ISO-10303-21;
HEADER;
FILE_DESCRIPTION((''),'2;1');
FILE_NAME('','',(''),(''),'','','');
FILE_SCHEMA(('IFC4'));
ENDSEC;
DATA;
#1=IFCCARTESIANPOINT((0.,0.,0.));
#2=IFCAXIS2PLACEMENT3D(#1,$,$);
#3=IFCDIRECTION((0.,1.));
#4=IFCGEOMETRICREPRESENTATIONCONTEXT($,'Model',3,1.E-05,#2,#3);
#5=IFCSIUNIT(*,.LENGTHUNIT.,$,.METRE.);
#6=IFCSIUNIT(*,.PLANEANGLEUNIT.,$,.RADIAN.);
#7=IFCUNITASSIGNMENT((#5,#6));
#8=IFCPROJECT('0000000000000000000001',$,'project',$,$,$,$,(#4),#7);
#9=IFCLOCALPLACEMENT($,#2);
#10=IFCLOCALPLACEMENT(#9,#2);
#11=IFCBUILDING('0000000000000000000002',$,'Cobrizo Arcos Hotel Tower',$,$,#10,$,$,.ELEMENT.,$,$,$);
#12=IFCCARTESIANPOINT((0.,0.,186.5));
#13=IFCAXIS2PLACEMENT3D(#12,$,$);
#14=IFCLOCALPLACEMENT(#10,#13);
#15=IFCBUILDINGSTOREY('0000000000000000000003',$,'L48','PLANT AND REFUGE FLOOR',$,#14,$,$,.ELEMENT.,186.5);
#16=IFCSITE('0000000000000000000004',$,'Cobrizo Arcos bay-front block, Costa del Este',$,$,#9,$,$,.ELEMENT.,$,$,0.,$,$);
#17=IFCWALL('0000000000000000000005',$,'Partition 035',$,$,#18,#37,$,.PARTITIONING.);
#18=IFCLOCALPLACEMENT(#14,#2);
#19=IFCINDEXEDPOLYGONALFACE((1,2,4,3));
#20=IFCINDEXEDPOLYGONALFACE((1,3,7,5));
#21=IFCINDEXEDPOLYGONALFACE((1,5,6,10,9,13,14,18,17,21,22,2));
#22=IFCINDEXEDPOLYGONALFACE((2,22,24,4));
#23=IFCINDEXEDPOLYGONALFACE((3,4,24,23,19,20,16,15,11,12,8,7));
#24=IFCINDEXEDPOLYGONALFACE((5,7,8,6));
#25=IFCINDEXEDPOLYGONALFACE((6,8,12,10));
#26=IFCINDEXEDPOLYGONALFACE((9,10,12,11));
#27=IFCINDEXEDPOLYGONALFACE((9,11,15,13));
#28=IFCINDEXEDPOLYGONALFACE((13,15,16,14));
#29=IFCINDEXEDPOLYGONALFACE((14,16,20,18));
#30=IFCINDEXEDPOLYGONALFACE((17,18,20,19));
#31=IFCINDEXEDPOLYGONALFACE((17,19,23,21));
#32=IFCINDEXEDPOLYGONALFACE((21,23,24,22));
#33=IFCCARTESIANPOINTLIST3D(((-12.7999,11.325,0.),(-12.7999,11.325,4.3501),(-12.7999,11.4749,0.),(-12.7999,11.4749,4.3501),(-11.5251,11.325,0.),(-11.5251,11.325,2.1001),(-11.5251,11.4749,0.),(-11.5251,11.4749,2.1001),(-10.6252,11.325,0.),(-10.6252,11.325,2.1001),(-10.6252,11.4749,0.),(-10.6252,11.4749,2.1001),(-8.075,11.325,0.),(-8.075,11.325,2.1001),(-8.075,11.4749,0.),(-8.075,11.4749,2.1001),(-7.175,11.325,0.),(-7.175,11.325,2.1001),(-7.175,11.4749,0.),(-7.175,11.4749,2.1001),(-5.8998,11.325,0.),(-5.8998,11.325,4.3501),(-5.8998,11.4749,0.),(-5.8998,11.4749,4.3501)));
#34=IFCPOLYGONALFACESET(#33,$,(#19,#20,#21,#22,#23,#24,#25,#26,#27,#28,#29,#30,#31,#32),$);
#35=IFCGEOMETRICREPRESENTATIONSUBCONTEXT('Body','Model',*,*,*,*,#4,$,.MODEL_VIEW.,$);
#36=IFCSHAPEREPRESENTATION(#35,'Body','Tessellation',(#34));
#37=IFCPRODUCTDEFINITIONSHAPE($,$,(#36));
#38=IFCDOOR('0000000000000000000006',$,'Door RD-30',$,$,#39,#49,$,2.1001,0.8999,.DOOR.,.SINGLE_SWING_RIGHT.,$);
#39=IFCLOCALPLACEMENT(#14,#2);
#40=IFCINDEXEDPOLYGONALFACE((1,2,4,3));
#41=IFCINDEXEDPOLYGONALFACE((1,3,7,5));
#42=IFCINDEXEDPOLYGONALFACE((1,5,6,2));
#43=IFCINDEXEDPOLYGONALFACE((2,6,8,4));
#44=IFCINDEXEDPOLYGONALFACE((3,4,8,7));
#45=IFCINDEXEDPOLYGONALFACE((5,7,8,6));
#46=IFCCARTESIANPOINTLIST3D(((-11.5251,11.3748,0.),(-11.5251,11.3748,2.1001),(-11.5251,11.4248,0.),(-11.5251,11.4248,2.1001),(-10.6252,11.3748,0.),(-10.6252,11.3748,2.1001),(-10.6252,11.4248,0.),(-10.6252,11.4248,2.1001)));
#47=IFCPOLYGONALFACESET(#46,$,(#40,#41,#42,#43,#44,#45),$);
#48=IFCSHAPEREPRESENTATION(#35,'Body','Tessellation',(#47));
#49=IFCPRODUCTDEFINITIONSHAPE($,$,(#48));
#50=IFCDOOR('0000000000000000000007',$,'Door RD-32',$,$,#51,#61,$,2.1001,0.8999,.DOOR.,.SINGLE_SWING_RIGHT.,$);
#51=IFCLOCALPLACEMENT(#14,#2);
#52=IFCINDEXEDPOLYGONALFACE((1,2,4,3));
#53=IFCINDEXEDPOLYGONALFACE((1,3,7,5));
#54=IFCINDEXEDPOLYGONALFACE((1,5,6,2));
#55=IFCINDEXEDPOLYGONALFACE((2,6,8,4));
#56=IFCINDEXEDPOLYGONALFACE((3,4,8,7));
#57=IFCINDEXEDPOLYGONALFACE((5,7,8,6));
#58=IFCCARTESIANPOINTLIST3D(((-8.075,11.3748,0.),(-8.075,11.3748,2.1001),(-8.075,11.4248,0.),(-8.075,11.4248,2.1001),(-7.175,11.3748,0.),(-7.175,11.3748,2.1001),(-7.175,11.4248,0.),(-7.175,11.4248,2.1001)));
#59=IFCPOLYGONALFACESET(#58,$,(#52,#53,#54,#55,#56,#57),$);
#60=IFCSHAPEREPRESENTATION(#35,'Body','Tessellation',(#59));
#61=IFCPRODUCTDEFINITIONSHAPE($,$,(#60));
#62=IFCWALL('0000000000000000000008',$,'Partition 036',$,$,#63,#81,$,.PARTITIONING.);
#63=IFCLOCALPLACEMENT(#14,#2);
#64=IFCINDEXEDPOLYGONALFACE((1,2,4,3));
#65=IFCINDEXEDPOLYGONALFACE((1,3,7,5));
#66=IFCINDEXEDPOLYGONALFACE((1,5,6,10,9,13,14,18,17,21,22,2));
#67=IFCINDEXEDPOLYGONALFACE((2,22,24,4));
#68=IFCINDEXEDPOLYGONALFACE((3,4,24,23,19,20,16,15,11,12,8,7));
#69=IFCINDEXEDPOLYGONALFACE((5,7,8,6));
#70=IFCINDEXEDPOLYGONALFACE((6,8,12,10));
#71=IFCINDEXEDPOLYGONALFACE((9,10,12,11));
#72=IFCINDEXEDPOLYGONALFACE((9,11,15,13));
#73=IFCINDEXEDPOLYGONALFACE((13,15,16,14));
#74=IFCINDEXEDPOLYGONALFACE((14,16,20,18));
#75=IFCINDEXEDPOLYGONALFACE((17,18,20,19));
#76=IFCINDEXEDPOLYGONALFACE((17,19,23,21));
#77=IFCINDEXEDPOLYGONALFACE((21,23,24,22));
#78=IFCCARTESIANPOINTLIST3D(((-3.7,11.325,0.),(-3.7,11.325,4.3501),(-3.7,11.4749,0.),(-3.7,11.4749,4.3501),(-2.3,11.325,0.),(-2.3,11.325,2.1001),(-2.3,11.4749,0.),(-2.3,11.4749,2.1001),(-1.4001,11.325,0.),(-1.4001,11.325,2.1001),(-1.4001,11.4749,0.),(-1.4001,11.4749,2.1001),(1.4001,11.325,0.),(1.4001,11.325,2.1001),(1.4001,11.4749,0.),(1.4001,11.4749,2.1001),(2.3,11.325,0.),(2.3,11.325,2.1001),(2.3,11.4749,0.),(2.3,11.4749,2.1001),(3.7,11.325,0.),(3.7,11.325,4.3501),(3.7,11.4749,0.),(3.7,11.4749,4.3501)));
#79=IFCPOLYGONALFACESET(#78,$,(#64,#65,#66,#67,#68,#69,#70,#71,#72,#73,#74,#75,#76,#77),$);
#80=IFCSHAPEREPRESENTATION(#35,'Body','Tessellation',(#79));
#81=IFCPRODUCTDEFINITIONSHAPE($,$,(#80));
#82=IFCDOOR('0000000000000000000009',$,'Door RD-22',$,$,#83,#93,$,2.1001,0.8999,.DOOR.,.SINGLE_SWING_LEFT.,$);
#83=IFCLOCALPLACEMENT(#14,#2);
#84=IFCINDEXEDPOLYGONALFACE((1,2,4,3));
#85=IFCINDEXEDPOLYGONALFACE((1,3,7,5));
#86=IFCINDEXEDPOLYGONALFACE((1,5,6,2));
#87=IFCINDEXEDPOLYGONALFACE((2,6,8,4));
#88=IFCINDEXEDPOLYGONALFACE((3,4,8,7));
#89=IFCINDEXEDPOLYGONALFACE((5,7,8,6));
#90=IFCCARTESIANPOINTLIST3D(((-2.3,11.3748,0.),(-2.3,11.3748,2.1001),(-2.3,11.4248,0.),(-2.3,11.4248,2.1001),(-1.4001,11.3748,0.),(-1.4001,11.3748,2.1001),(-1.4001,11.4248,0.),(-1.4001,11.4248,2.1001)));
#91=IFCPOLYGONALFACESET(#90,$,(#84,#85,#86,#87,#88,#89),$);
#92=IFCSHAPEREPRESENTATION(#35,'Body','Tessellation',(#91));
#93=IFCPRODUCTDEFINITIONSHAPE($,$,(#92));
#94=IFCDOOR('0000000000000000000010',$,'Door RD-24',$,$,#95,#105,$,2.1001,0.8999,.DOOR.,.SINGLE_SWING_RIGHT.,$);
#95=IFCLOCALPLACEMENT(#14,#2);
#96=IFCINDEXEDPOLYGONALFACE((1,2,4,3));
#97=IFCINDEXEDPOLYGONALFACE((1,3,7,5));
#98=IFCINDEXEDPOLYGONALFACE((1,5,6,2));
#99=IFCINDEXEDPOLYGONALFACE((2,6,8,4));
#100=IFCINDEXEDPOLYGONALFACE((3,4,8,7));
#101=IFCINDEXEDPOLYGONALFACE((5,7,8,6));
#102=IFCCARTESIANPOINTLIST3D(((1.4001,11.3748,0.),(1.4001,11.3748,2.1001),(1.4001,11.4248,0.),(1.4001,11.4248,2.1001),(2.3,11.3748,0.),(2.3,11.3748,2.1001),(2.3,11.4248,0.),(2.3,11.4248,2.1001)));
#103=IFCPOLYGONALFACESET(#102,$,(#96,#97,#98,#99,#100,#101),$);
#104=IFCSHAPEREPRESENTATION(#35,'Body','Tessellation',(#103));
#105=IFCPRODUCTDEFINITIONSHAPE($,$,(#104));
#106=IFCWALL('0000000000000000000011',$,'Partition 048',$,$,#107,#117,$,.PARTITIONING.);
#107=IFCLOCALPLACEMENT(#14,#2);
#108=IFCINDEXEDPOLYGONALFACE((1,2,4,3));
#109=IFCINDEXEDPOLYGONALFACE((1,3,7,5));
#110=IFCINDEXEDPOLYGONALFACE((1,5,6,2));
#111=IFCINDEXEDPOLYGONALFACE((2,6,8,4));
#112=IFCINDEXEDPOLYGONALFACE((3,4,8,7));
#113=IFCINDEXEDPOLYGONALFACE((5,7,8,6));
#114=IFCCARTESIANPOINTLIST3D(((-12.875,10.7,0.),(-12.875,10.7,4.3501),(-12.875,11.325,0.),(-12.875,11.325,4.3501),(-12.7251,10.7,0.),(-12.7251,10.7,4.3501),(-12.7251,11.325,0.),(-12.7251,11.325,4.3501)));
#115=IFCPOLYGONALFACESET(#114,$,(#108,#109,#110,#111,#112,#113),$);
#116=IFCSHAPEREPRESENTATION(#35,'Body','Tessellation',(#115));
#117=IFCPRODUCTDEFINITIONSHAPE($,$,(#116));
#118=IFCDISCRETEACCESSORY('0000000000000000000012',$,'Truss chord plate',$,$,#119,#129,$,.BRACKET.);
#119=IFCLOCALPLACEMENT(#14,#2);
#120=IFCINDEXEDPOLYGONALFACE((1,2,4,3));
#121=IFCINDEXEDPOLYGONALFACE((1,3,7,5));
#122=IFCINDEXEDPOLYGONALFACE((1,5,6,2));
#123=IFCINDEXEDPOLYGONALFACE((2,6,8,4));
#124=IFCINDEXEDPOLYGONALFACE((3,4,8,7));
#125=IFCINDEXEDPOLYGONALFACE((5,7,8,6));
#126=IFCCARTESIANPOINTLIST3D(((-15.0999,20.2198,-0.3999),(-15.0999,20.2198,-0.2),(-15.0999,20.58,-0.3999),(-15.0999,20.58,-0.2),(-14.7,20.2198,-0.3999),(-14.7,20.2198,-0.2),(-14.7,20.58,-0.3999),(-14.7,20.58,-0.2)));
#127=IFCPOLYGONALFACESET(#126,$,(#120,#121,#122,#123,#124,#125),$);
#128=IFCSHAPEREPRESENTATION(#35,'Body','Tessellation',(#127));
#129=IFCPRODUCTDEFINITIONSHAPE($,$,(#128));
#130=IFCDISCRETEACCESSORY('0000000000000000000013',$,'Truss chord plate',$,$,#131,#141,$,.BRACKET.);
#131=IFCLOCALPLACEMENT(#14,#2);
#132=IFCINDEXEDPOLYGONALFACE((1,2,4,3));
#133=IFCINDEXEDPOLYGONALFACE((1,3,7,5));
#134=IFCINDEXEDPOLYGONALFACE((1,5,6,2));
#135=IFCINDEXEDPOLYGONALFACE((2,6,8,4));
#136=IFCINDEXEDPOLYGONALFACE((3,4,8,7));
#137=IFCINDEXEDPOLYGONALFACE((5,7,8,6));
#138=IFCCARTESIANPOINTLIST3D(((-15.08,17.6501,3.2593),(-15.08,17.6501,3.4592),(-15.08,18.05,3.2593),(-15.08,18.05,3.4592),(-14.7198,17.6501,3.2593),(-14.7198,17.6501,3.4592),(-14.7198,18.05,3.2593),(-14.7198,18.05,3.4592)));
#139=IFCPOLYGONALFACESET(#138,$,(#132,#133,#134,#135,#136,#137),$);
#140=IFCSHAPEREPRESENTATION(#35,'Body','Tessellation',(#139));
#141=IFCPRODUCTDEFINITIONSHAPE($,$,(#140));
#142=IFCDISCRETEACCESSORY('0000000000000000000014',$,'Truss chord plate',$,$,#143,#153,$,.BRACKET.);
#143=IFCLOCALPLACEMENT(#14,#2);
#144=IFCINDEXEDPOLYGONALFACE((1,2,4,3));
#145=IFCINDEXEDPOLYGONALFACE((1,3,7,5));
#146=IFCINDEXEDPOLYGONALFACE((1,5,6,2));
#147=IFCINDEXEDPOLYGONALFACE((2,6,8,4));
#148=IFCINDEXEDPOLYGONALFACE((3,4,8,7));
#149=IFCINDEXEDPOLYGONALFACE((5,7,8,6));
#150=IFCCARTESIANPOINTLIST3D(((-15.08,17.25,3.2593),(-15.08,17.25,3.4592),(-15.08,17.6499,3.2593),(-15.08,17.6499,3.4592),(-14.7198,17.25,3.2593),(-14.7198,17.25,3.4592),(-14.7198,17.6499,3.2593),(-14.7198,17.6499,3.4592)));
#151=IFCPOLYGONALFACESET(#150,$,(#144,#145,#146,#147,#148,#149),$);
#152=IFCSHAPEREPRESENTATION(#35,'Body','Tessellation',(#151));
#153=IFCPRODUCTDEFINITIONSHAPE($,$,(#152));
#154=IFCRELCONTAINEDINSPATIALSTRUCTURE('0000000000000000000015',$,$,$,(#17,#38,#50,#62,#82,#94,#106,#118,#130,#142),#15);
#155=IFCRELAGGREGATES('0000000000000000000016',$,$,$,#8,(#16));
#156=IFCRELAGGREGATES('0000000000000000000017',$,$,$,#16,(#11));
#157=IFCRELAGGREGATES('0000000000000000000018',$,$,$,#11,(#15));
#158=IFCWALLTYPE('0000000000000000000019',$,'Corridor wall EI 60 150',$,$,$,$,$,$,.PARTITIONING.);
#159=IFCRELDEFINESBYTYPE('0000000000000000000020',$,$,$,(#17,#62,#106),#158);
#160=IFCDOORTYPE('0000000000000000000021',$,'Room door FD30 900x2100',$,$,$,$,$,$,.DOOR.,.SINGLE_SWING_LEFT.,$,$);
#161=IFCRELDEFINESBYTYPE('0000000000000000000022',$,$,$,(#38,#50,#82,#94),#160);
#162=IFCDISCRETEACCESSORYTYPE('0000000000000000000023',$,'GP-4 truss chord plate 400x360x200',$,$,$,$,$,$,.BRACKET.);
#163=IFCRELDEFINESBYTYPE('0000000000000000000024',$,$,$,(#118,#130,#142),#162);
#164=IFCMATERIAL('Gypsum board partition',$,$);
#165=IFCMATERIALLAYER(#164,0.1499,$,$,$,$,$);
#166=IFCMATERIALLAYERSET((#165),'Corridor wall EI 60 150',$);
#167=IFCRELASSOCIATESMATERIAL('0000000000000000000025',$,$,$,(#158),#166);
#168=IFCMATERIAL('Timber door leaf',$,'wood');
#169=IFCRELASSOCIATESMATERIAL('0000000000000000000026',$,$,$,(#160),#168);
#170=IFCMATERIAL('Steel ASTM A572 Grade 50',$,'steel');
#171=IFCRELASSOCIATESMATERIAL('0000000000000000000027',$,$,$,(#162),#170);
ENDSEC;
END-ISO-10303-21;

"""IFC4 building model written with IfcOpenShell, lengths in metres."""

from ifc_helpers import new_model, si_unit, direction, frame, frame_2d, origin, origin_2d, place, context, subcontext, project, spatial, rectangle, extrude, material, layer, layer_set, type_object, element, fill, save


model = new_model("IFC4")

# Units and contexts
model_context = context("Model", 3, precision=1e-05, world=origin(), true_north=direction((0.0, 1.0)))
body_context = subcontext(model_context, "Body", "Model", "MODEL_VIEW")
ifc_project = project(units=[si_unit("LENGTHUNIT", "METRE"), si_unit("PLANEANGLEUNIT", "RADIAN")], contexts=[model_context])

# Site, building, storey
site_placement = place(None, origin())
site = spatial("IfcSite", under=ifc_project, at=site_placement, Name="Cobrizo Arcos bay-front block, Costa del Este", CompositionType="ELEMENT", RefElevation=0.0)
building_placement = place(site_placement, origin())
building = spatial("IfcBuilding", under=site, at=building_placement, Name="Cobrizo Arcos Hotel Tower", CompositionType="ELEMENT")
storey_placement = place(building_placement, frame((0.0, 0.0, 186.5)))
storey = spatial("IfcBuildingStorey", under=building, at=storey_placement, Name="L48", Description="PLANT AND REFUGE FLOOR", CompositionType="ELEMENT", Elevation=186.5)

# Walls, openings, doors
ifc_material_1 = material(Name="Gypsum board partition")
ifc_layer = layer(ifc_material_1, 0.1499)
ifc_layer_set = layer_set([ifc_layer], Name="Corridor wall EI 60 150")
wall_type = type_object("IfcWallType", Name="Corridor wall EI 60 150", PredefinedType="PARTITIONING", material=ifc_layer_set)
wall_1_placement = place(storey_placement, frame((-12.8, 11.3999, 0.0), z_axis=(0.0, 0.0, 1.0), x_axis=(1.0, 0.0, 0.0)))
wall_1 = element("IfcWall", 1, at=wall_1_placement, inside=storey, type_object=wall_type, Name="Partition 035", PredefinedType="PARTITIONING", context=body_context, shape_type="SweptSolid", body=[
    extrude(rectangle(XDim=6.9001, YDim=0.1499, at=frame_2d((3.4502, 0.0))), origin(), (0.0, 0.0, 1.0), 4.3501),
])
opening_1_placement = place(wall_1_placement, frame((1.2749, 0.0, 0.0)))
opening_1 = element("IfcOpeningElement", 2, at=opening_1_placement, cuts=wall_1, PredefinedType="OPENING", context=body_context, shape_type="SweptSolid", body=[
    extrude(rectangle(XDim=0.8999, YDim=2.1001, at=frame_2d((0.45, 1.05))), frame((0.0, 0.0869, 0.0), z_axis=(0.0, -1.0, 0.0), x_axis=(1.0, 0.0, 0.0)), (0.0, 0.0, 1.0), 0.1738),
])
opening_2_placement = place(wall_1_placement, frame((4.7251, 0.0, 0.0)))
opening_2 = element("IfcOpeningElement", 3, at=opening_2_placement, cuts=wall_1, PredefinedType="OPENING", context=body_context, shape_type="SweptSolid", body=[
    extrude(rectangle(XDim=0.8999, YDim=2.1001, at=frame_2d((0.45, 1.05))), frame((0.0, 0.0869, 0.0), z_axis=(0.0, -1.0, 0.0), x_axis=(1.0, 0.0, 0.0)), (0.0, 0.0, 1.0), 0.1738),
])
ifc_material_2 = material(Name="Timber door leaf", Category="wood")
door_type = type_object("IfcDoorType", Name="Room door FD30 900x2100", OperationType="SINGLE_SWING_LEFT", PredefinedType="DOOR", material=ifc_material_2)
door_1_placement = place(opening_1_placement, origin())
door_1 = element("IfcDoor", 4, at=door_1_placement, inside=storey, type_object=door_type, Name="Door RD-30", OperationType="SINGLE_SWING_RIGHT", OverallHeight=2.1001, OverallWidth=0.8999, PredefinedType="DOOR", context=body_context, shape_type="SweptSolid", body=[
    extrude(rectangle(XDim=0.8999, YDim=2.1001, at=frame_2d((0.45, 1.05))), frame((0.0, 0.0249, 0.0), z_axis=(0.0, -1.0, 0.0), x_axis=(1.0, 0.0, 0.0)), (0.0, 0.0, 1.0), 0.05),
])
fill(opening_1, door_1)
door_2_placement = place(opening_2_placement, origin())
door_2 = element("IfcDoor", 5, at=door_2_placement, inside=storey, type_object=door_type, Name="Door RD-32", OperationType="SINGLE_SWING_RIGHT", OverallHeight=2.1001, OverallWidth=0.8999, PredefinedType="DOOR", context=body_context, shape_type="SweptSolid", body=[
    extrude(rectangle(XDim=0.8999, YDim=2.1001, at=frame_2d((0.45, 1.05))), frame((0.0, 0.0249, 0.0), z_axis=(0.0, -1.0, 0.0), x_axis=(1.0, 0.0, 0.0)), (0.0, 0.0, 1.0), 0.05),
])
fill(opening_2, door_2)
wall_2_placement = place(storey_placement, frame((-3.7, 11.3999, 0.0), z_axis=(0.0, 0.0, 1.0), x_axis=(1.0, 0.0, 0.0)))
wall_2 = element("IfcWall", 6, at=wall_2_placement, inside=storey, type_object=wall_type, Name="Partition 036", PredefinedType="PARTITIONING", context=body_context, shape_type="SweptSolid", body=[
    extrude(rectangle(XDim=7.3999, YDim=0.1499, at=frame_2d((3.7, 0.0))), origin(), (0.0, 0.0, 1.0), 4.3501),
])
opening_3_placement = place(wall_2_placement, frame((1.3999, 0.0, 0.0)))
opening_3 = element("IfcOpeningElement", 7, at=opening_3_placement, cuts=wall_2, PredefinedType="OPENING", context=body_context, shape_type="SweptSolid", body=[
    extrude(rectangle(XDim=0.8999, YDim=2.1001, at=frame_2d((0.45, 1.05))), frame((0.0, 0.0869, 0.0), z_axis=(0.0, -1.0, 0.0), x_axis=(1.0, 0.0, 0.0)), (0.0, 0.0, 1.0), 0.1738),
])
opening_4_placement = place(wall_2_placement, frame((5.1001, 0.0, 0.0)))
opening_4 = element("IfcOpeningElement", 8, at=opening_4_placement, cuts=wall_2, PredefinedType="OPENING", context=body_context, shape_type="SweptSolid", body=[
    extrude(rectangle(XDim=0.8999, YDim=2.1001, at=frame_2d((0.45, 1.05))), frame((0.0, 0.0869, 0.0), z_axis=(0.0, -1.0, 0.0), x_axis=(1.0, 0.0, 0.0)), (0.0, 0.0, 1.0), 0.1738),
])
door_3_placement = place(opening_3_placement, origin())
door_3 = element("IfcDoor", 9, at=door_3_placement, inside=storey, type_object=door_type, Name="Door RD-22", OperationType="SINGLE_SWING_LEFT", OverallHeight=2.1001, OverallWidth=0.8999, PredefinedType="DOOR", context=body_context, shape_type="SweptSolid", body=[
    extrude(rectangle(XDim=0.8999, YDim=2.1001, at=frame_2d((0.45, 1.05))), frame((0.0, 0.0249, 0.0), z_axis=(0.0, -1.0, 0.0), x_axis=(1.0, 0.0, 0.0)), (0.0, 0.0, 1.0), 0.05),
])
fill(opening_3, door_3)
door_4_placement = place(opening_4_placement, origin())
door_4 = element("IfcDoor", 10, at=door_4_placement, inside=storey, type_object=door_type, Name="Door RD-24", OperationType="SINGLE_SWING_RIGHT", OverallHeight=2.1001, OverallWidth=0.8999, PredefinedType="DOOR", context=body_context, shape_type="SweptSolid", body=[
    extrude(rectangle(XDim=0.8999, YDim=2.1001, at=frame_2d((0.45, 1.05))), frame((0.0, 0.0249, 0.0), z_axis=(0.0, -1.0, 0.0), x_axis=(1.0, 0.0, 0.0)), (0.0, 0.0, 1.0), 0.05),
])
fill(opening_4, door_4)

# Wall
wall_3_placement = place(storey_placement, frame((-12.8, 10.7, 0.0), z_axis=(0.0, 0.0, 1.0), x_axis=(0.0, 1.0, 0.0)))
element("IfcWall", 11, at=wall_3_placement, inside=storey, type_object=wall_type, Name="Partition 048", PredefinedType="PARTITIONING", context=body_context, shape_type="SweptSolid", body=[
    extrude(rectangle(XDim=0.625, YDim=0.1499, at=frame_2d((0.3125, 0.0))), origin(), (0.0, 0.0, 1.0), 4.3501),
])

# Discrete accessories
ifc_material_3 = material(Name="Steel ASTM A572 Grade 50", Category="steel")
discrete_accessory_type = type_object("IfcDiscreteAccessoryType", Name="GP-4 truss chord plate 400x360x200", PredefinedType="BRACKET", material=ifc_material_3)
for number, where, z_axis, x_axis, name in (
    (12, (-14.8999, 20.3999, -0.3999), (0.0, 0.0, 1.0), (-1.0, 0.0, 0.0), "Truss chord plate"),
    (13, (-14.8999, 17.8501, 3.2593), (0.0, 0.0, 1.0), (0.0, -1.0, 0.0), "Truss chord plate"),
    (14, (-14.8999, 17.45, 3.2593), (0.0, 0.0, 1.0), (0.0, -1.0, 0.0), "Truss chord plate"),
):
    element("IfcDiscreteAccessory", number, at=place(storey_placement, frame(where, z_axis=z_axis, x_axis=x_axis)), inside=storey, type_object=discrete_accessory_type, Name=name, PredefinedType="BRACKET", context=body_context, shape_type="SweptSolid", body=[
        extrude(rectangle(XDim=0.3999, YDim=0.3601, at=origin_2d()), origin(), (0.0, 0.0, 1.0), 0.2),
    ])

save(model, "model.ifc")
